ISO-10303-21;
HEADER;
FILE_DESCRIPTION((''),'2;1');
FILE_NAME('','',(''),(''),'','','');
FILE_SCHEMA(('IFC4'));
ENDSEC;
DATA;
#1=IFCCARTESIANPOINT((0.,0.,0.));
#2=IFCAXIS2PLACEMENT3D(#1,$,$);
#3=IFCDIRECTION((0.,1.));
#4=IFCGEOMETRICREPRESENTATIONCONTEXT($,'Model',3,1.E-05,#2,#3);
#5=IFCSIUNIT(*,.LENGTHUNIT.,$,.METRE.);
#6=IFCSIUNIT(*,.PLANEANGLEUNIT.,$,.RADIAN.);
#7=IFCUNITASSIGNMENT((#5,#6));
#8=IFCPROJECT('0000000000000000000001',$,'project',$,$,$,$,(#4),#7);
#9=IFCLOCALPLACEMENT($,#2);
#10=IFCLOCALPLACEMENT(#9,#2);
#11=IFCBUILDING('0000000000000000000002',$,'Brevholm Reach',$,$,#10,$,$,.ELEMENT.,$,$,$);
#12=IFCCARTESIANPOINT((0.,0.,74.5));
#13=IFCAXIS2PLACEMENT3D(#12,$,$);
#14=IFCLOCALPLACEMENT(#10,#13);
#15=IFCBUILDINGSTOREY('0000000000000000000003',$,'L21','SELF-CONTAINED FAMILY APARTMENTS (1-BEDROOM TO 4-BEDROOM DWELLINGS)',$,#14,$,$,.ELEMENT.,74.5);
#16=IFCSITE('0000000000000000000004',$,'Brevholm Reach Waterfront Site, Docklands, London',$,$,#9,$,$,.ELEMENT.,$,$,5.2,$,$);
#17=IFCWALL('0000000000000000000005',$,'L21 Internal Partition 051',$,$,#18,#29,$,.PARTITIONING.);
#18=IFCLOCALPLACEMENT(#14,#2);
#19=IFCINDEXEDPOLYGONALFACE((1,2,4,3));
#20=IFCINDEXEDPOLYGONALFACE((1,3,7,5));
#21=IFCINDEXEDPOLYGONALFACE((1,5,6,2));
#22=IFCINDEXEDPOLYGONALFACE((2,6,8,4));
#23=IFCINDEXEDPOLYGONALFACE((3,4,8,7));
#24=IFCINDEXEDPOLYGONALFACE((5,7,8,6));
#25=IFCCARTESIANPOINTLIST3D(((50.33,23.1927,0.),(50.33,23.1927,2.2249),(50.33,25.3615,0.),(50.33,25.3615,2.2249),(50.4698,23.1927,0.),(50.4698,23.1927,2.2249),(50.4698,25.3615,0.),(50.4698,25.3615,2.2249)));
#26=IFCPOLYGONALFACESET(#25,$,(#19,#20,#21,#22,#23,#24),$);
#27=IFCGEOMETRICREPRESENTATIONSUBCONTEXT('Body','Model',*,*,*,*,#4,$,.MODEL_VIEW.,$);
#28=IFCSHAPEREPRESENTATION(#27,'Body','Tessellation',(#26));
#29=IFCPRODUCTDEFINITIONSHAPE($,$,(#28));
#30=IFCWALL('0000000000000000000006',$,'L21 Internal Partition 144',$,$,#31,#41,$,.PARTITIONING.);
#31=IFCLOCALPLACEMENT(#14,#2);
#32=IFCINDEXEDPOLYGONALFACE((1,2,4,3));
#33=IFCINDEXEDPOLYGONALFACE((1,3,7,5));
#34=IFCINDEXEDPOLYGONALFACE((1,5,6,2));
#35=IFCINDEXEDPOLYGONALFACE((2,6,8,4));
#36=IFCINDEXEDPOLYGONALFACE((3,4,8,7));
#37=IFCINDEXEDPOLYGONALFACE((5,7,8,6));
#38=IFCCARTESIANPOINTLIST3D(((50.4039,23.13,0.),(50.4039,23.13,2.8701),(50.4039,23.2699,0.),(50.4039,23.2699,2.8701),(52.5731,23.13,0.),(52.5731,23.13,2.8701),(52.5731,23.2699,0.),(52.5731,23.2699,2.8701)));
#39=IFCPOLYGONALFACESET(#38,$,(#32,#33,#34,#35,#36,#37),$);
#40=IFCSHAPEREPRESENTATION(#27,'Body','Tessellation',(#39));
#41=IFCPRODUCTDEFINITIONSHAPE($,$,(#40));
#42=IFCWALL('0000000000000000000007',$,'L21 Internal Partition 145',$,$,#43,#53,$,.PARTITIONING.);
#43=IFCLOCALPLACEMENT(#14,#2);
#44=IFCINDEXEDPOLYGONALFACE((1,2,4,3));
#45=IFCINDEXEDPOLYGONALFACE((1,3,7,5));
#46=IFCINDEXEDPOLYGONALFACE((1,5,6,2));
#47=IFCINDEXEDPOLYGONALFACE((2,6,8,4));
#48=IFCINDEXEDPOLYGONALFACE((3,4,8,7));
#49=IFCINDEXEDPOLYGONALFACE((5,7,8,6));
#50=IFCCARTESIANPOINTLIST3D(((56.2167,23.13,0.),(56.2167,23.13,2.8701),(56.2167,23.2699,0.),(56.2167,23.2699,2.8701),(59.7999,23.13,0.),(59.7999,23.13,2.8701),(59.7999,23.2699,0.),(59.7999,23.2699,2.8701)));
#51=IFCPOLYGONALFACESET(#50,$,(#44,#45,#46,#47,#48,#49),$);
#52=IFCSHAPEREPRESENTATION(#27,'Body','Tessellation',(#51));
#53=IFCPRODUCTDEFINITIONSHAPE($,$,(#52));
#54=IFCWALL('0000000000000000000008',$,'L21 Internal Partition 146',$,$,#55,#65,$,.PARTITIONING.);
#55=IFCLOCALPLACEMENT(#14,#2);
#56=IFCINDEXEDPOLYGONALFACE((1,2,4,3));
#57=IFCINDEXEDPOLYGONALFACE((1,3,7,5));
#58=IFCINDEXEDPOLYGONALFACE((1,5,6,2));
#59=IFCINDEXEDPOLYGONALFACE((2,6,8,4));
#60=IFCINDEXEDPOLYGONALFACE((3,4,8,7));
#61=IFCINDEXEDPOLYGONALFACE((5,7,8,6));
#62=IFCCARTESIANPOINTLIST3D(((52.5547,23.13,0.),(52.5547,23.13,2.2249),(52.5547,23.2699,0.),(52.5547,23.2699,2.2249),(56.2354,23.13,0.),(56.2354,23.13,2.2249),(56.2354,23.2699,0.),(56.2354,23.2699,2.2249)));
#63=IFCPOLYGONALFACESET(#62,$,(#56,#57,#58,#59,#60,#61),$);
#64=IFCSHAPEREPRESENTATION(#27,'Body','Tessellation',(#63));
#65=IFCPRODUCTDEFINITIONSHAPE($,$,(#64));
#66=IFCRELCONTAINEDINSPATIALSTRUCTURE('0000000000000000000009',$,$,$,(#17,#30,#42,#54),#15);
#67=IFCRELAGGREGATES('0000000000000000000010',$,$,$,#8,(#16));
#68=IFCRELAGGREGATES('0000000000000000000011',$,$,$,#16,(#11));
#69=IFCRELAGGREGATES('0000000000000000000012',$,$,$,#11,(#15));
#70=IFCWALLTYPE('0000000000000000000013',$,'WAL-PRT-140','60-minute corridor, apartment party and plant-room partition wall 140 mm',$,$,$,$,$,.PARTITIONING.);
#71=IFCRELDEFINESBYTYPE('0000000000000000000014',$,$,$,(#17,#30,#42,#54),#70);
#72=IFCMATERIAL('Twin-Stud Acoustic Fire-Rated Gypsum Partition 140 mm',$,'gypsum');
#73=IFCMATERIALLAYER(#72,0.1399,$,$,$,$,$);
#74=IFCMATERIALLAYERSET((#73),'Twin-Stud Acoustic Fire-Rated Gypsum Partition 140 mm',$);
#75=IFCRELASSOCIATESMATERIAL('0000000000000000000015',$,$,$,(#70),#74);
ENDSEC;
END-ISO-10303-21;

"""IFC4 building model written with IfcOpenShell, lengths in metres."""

from ifc_helpers import new_model, si_unit, direction, frame, frame_2d, origin, place, context, subcontext, project, spatial, rectangle, extrude, material, layer, layer_set, type_object, element, save


model = new_model("IFC4")

# Units and contexts
model_context = context("Model", 3, precision=1e-05, world=origin(), true_north=direction((0.0, 1.0)))
body_context = subcontext(model_context, "Body", "Model", "MODEL_VIEW")
ifc_project = project(units=[si_unit("LENGTHUNIT", "METRE"), si_unit("PLANEANGLEUNIT", "RADIAN")], contexts=[model_context])

# Site, building, storey
site_placement = place(None, origin())
site = spatial("IfcSite", under=ifc_project, at=site_placement, Name="Brevholm Reach Waterfront Site, Docklands, London", CompositionType="ELEMENT", RefElevation=5.2)
building_placement = place(site_placement, origin())
building = spatial("IfcBuilding", under=site, at=building_placement, Name="Brevholm Reach", CompositionType="ELEMENT")
storey_placement = place(building_placement, frame((0.0, 0.0, 74.5)))
storey = spatial("IfcBuildingStorey", under=building, at=storey_placement, Name="L21", Description="SELF-CONTAINED FAMILY APARTMENTS (1-BEDROOM TO 4-BEDROOM DWELLINGS)", CompositionType="ELEMENT", Elevation=74.5)

# Shared definitions
ifc_material_1 = material(Name="Twin-Stud Acoustic Fire-Rated Gypsum Partition 140 mm", Category="gypsum")
ifc_layer_1 = layer(ifc_material_1, 0.1399)
ifc_layer_set_1 = layer_set([ifc_layer_1], Name="Twin-Stud Acoustic Fire-Rated Gypsum Partition 140 mm")
wall_type_1 = type_object("IfcWallType", Name="WAL-PRT-140", Description="60-minute corridor, apartment party and plant-room partition wall 140 mm", PredefinedType="PARTITIONING", material=ifc_layer_set_1)

# Walls
wall_1_placement = place(storey_placement, frame((50.3999, 23.1926, 0.0), z_axis=(0.0, 0.0, 1.0), x_axis=(0.0, 1.0, 0.0)))
element("IfcWall", 1, at=wall_1_placement, inside=storey, type_object=wall_type_1, Name="L21 Internal Partition 051", PredefinedType="PARTITIONING", context=body_context, shape_type="SweptSolid", body=[
    extrude(rectangle(XDim=2.1687, YDim=0.1399, at=frame_2d((1.0845, 0.0))), origin(), (0.0, 0.0, 1.0), 2.2249),
])
wall_2_placement = place(storey_placement, frame((50.4041, 23.2, 0.0), z_axis=(0.0, 0.0, 1.0), x_axis=(1.0, 0.0, 0.0)))
element("IfcWall", 2, at=wall_2_placement, inside=storey, type_object=wall_type_1, Name="L21 Internal Partition 144", PredefinedType="PARTITIONING", context=body_context, shape_type="SweptSolid", body=[
    extrude(rectangle(XDim=2.1692, YDim=0.1399, at=frame_2d((1.0845, 0.0))), origin(), (0.0, 0.0, 1.0), 2.8701),
])
wall_3_placement = place(storey_placement, frame((56.2168, 23.2, 0.0), z_axis=(0.0, 0.0, 1.0), x_axis=(1.0, 0.0, 0.0)))
element("IfcWall", 3, at=wall_3_placement, inside=storey, type_object=wall_type_1, Name="L21 Internal Partition 145", PredefinedType="PARTITIONING", context=body_context, shape_type="SweptSolid", body=[
    extrude(rectangle(XDim=3.5833, YDim=0.1399, at=frame_2d((1.7915, 0.0))), origin(), (0.0, 0.0, 1.0), 2.8701),
])
wall_4_placement = place(storey_placement, frame((52.5547, 23.2, 0.0), z_axis=(0.0, 0.0, 1.0), x_axis=(1.0, 0.0, 0.0)))
element("IfcWall", 4, at=wall_4_placement, inside=storey, type_object=wall_type_1, Name="L21 Internal Partition 146", PredefinedType="PARTITIONING", context=body_context, shape_type="SweptSolid", body=[
    extrude(rectangle(XDim=3.6807, YDim=0.1399, at=frame_2d((1.8403, 0.0))), origin(), (0.0, 0.0, 1.0), 2.2249),
])

save(model, "model.ifc")
